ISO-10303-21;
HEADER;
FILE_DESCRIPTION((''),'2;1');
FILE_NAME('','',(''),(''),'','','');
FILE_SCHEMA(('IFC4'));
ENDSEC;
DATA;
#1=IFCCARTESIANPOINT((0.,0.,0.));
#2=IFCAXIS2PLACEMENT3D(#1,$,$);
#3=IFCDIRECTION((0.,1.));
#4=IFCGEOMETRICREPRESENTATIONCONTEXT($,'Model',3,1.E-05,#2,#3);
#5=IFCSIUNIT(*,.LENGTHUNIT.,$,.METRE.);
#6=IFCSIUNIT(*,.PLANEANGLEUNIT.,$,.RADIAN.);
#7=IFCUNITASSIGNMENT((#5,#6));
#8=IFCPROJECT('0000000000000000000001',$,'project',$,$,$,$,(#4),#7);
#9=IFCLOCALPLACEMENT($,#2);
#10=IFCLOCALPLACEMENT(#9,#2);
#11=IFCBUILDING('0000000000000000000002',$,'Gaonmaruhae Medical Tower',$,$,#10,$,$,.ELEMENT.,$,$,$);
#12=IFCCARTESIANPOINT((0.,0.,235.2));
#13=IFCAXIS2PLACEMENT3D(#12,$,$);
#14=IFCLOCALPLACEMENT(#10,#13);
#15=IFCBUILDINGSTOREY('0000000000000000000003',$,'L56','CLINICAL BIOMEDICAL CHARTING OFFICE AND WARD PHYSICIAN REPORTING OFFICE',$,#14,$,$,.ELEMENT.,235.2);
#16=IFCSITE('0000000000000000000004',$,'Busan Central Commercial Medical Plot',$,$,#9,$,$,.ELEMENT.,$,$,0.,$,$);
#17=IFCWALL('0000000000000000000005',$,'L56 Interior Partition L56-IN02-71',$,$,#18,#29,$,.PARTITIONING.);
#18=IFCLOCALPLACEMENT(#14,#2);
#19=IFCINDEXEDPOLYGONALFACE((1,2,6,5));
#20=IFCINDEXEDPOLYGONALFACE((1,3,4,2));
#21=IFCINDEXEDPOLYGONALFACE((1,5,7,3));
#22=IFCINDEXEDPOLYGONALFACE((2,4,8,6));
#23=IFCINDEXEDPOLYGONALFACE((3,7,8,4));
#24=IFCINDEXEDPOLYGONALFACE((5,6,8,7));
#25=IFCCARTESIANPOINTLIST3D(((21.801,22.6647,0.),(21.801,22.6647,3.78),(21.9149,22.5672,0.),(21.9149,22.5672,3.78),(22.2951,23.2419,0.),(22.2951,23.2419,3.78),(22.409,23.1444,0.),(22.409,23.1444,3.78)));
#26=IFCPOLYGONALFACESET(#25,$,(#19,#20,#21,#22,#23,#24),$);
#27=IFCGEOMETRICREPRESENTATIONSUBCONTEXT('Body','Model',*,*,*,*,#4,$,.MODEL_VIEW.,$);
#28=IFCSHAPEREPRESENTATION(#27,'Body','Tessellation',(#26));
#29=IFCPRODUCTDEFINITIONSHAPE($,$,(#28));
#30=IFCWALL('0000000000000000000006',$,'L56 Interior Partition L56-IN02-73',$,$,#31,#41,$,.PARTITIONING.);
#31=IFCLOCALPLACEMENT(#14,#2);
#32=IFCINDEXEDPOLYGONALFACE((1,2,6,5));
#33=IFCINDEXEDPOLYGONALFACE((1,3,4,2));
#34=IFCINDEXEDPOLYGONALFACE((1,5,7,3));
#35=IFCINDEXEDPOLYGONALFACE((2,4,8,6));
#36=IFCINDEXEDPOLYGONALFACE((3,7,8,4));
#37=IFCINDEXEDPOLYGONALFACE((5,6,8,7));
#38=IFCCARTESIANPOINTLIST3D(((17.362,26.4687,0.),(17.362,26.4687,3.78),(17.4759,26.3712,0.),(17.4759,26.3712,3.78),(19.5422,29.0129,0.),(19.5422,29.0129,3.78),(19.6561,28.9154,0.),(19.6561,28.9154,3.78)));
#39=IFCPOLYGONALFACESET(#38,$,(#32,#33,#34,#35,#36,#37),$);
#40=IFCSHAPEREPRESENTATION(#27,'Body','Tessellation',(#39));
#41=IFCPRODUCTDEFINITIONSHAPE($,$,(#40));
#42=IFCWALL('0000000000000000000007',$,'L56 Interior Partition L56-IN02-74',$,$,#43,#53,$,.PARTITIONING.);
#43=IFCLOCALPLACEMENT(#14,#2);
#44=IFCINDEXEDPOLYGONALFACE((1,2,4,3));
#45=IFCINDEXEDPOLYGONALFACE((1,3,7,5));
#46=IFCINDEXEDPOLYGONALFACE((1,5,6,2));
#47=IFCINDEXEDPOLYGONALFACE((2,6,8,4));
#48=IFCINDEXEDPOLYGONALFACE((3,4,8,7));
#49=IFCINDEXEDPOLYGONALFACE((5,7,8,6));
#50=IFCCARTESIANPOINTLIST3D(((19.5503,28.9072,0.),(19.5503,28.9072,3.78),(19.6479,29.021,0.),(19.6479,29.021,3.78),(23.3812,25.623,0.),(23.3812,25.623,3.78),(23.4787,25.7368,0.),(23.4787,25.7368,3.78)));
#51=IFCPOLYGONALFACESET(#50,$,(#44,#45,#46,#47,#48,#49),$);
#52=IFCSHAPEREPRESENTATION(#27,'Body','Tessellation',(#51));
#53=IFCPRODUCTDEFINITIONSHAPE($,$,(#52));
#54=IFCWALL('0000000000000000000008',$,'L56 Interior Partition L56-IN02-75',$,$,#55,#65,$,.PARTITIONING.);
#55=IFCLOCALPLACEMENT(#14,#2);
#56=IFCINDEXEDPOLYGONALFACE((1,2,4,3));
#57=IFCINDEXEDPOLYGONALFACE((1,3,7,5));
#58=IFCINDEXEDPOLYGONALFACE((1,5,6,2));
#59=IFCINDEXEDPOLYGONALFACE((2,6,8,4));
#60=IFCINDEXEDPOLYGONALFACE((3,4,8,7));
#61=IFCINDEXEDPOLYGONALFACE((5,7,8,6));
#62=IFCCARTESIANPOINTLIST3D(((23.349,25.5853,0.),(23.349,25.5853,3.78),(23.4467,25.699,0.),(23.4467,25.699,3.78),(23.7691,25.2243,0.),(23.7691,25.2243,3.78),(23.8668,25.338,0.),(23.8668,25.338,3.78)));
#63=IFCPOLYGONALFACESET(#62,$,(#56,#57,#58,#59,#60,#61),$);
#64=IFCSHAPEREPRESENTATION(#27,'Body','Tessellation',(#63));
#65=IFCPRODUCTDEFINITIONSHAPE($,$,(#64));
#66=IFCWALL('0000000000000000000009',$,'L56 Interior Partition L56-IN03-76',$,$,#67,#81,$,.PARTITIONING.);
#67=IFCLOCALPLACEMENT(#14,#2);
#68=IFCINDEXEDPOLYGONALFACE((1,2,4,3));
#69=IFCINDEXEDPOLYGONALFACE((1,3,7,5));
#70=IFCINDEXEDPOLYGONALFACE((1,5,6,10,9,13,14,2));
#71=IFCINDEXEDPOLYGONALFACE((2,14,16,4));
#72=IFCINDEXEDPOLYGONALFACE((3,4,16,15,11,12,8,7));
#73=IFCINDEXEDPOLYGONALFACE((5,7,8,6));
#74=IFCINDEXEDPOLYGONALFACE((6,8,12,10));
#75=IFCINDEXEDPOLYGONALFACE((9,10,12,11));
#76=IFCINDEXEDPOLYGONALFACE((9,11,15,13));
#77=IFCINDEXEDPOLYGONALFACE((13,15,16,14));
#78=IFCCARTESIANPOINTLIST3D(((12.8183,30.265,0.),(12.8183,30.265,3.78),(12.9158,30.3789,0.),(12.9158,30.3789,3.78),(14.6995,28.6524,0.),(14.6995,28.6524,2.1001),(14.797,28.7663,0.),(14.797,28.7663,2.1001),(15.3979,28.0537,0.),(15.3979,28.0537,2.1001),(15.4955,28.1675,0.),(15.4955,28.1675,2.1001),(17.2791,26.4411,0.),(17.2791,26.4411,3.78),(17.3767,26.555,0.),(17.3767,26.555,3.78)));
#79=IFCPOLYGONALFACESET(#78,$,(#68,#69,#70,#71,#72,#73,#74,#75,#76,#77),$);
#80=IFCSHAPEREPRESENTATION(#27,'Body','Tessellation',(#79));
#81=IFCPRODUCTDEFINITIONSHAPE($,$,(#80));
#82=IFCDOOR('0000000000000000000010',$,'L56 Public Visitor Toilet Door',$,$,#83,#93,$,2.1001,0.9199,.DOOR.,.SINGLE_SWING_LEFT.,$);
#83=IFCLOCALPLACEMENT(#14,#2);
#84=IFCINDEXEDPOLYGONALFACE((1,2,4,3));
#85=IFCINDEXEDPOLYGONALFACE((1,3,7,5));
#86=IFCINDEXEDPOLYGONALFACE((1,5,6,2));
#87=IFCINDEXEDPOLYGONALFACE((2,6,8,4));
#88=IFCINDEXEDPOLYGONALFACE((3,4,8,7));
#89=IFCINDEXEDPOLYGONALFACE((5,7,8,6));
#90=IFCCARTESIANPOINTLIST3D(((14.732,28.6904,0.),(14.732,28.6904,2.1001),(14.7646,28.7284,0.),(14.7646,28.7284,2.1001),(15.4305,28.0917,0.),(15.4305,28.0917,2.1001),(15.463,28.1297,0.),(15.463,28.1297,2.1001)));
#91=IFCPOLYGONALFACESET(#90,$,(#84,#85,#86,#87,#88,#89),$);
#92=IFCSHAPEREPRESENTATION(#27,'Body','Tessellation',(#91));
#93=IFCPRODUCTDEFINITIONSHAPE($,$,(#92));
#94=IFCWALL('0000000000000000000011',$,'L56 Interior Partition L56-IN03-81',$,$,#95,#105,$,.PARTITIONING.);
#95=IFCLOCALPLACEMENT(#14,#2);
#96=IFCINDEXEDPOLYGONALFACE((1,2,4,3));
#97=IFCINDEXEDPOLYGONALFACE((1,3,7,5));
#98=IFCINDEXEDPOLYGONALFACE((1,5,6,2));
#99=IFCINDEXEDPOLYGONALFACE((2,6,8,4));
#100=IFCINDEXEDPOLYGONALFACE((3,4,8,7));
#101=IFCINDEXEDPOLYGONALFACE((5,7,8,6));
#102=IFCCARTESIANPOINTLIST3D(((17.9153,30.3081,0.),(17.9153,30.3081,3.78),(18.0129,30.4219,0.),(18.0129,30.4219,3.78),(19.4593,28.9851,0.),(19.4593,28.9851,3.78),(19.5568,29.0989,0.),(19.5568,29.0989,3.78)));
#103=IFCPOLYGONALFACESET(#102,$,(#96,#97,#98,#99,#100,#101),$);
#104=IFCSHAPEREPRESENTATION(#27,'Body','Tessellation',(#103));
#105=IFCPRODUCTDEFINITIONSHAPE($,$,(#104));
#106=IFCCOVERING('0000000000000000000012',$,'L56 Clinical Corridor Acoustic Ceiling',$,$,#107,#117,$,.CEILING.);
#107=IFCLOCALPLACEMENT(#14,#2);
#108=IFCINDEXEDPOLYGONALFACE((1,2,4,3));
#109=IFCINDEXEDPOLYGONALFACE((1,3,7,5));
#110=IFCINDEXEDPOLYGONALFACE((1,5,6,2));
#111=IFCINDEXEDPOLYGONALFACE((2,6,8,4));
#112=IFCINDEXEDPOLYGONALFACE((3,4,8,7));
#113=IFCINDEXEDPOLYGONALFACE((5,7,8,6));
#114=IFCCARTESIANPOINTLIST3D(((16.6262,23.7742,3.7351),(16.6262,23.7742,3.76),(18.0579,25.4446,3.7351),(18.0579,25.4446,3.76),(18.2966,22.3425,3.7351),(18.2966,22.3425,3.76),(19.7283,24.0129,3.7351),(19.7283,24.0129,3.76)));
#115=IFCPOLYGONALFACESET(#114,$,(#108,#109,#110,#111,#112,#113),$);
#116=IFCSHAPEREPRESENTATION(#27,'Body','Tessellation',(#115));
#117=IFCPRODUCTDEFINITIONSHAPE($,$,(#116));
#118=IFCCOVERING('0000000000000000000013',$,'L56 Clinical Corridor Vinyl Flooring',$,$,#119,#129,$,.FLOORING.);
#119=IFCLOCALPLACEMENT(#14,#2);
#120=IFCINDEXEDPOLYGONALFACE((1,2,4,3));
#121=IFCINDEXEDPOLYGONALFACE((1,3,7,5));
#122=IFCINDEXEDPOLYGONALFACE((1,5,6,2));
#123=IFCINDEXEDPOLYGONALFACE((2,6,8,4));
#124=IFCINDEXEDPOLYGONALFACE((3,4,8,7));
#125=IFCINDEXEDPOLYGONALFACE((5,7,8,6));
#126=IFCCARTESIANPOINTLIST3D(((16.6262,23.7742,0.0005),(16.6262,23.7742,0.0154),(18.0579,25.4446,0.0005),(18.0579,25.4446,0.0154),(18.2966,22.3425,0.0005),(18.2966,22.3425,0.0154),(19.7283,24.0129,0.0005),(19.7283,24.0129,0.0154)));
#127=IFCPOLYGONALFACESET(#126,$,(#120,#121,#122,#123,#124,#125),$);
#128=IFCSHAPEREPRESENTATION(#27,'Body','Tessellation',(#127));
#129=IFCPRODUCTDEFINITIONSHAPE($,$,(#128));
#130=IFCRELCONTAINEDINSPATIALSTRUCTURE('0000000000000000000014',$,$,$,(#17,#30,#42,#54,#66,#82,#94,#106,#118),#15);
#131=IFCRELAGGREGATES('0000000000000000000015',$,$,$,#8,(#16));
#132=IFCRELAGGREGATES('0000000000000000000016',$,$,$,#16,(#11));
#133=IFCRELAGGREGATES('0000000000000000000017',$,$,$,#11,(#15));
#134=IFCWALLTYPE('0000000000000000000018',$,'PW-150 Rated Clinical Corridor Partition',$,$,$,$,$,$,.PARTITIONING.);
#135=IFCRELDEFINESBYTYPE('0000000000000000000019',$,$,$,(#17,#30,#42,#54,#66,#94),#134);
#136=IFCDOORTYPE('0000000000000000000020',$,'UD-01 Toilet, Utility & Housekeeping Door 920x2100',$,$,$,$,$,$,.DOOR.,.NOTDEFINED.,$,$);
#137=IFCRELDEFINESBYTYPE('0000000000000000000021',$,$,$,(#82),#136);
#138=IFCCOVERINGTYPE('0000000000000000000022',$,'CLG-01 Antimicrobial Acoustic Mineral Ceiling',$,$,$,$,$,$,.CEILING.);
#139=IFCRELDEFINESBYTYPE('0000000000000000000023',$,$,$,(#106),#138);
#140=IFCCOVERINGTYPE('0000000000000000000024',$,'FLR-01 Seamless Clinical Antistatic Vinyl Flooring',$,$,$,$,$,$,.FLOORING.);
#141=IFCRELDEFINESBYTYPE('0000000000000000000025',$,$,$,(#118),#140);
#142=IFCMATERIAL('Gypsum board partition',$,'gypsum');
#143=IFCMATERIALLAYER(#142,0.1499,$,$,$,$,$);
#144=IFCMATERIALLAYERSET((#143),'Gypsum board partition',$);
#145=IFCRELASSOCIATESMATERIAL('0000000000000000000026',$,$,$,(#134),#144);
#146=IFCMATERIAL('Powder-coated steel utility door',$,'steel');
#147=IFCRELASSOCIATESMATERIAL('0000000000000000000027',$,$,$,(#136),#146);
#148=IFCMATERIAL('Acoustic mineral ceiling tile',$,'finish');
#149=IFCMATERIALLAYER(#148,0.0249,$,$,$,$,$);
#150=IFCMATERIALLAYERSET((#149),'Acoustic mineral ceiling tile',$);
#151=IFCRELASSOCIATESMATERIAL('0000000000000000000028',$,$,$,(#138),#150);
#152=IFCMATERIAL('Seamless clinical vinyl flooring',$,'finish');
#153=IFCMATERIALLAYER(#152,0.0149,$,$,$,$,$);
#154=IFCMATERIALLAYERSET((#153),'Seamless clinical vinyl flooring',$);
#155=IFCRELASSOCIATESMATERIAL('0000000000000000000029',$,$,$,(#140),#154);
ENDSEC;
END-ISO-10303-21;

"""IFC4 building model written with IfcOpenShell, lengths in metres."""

from ifc_helpers import new_model, si_unit, direction, frame, frame_2d, origin, origin_2d, place, context, subcontext, project, spatial, rectangle, extrude, material, layer, layer_set, type_object, element, fill, save


model = new_model("IFC4")

# Units and contexts
model_context = context("Model", 3, precision=1e-05, world=origin(), true_north=direction((0.0, 1.0)))
body_context = subcontext(model_context, "Body", "Model", "MODEL_VIEW")
ifc_project = project(units=[si_unit("LENGTHUNIT", "METRE"), si_unit("PLANEANGLEUNIT", "RADIAN")], contexts=[model_context])

# Site, building, storey
site_placement = place(None, origin())
site = spatial("IfcSite", under=ifc_project, at=site_placement, Name="Busan Central Commercial Medical Plot", CompositionType="ELEMENT", RefElevation=0.0)
building_placement = place(site_placement, origin())
building = spatial("IfcBuilding", under=site, at=building_placement, Name="Gaonmaruhae Medical Tower", CompositionType="ELEMENT")
storey_placement = place(building_placement, frame((0.0, 0.0, 235.2)))
storey = spatial("IfcBuildingStorey", under=building, at=storey_placement, Name="L56", Description="CLINICAL BIOMEDICAL CHARTING OFFICE AND WARD PHYSICIAN REPORTING OFFICE", CompositionType="ELEMENT", Elevation=235.2)

# Walls
ifc_material_1 = material(Name="Gypsum board partition", Category="gypsum")
ifc_layer_1 = layer(ifc_material_1, 0.1499)
ifc_layer_set_1 = layer_set([ifc_layer_1], Name="Gypsum board partition")
wall_type_1 = type_object("IfcWallType", Name="PW-150 Rated Clinical Corridor Partition", PredefinedType="PARTITIONING", material=ifc_layer_set_1)
wall_1_placement = place(storey_placement, frame((22.3521, 23.1931, 0.0), z_axis=(0.0, 0.0, 1.0), x_axis=(-0.650368, -0.759619, 0.0)))
element("IfcWall", 1, at=wall_1_placement, inside=storey, type_object=wall_type_1, Name="L56 Interior Partition L56-IN02-71", PredefinedType="PARTITIONING", context=body_context, shape_type="SweptSolid", body=[
    extrude(rectangle(XDim=0.7598, YDim=0.1499, at=frame_2d((0.3799, 0.0))), origin(), (0.0, 0.0, 1.0), 3.78),
])
wall_2_placement = place(storey_placement, frame((17.4189, 26.4199, 0.0), z_axis=(0.0, 0.0, 1.0), x_axis=(0.650695, 0.759339, 0.0)))
element("IfcWall", 2, at=wall_2_placement, inside=storey, type_object=wall_type_1, Name="L56 Interior Partition L56-IN02-73", PredefinedType="PARTITIONING", context=body_context, shape_type="SweptSolid", body=[
    extrude(rectangle(XDim=3.3506, YDim=0.1499, at=frame_2d((1.6753, 0.0))), origin(), (0.0, 0.0, 1.0), 3.78),
])
wall_3_placement = place(storey_placement, frame((19.5991, 28.9641, 0.0), z_axis=(0.0, 0.0, 1.0), x_axis=(0.759195, -0.650863, 0.0)))
element("IfcWall", 3, at=wall_3_placement, inside=storey, type_object=wall_type_1, Name="L56 Interior Partition L56-IN02-74", PredefinedType="PARTITIONING", context=body_context, shape_type="SweptSolid", body=[
    extrude(rectangle(XDim=5.0459, YDim=0.1499, at=frame_2d((2.5229, 0.0))), origin(), (0.0, 0.0, 1.0), 3.78),
])
wall_4_placement = place(storey_placement, frame((23.3979, 25.6421, 0.0), z_axis=(0.0, 0.0, 1.0), x_axis=(0.758416, -0.651771, 0.0)))
element("IfcWall", 4, at=wall_4_placement, inside=storey, type_object=wall_type_1, Name="L56 Interior Partition L56-IN02-75", PredefinedType="PARTITIONING", context=body_context, shape_type="SweptSolid", body=[
    extrude(rectangle(XDim=0.554, YDim=0.1499, at=frame_2d((0.2769, 0.0))), origin(), (0.0, 0.0, 1.0), 3.78),
])

# Wall, opening, door
wall_5_placement = place(storey_placement, frame((17.3279, 26.498, 0.0), z_axis=(0.0, 0.0, 1.0), x_axis=(-0.75923, 0.650822, 0.0)))
wall_5 = element("IfcWall", 5, at=wall_5_placement, inside=storey, type_object=wall_type_1, Name="L56 Interior Partition L56-IN03-76", PredefinedType="PARTITIONING", context=body_context, shape_type="SweptSolid", body=[
    extrude(rectangle(XDim=5.8755, YDim=0.1499, at=frame_2d((2.9377, 0.0))), origin(), (0.0, 0.0, 1.0), 3.78),
])
opening_1_placement = place(wall_5_placement, frame((2.4778, 0.0, 0.0)))
opening_1 = element("IfcOpeningElement", 6, at=opening_1_placement, cuts=wall_5, PredefinedType="OPENING", context=body_context, shape_type="SweptSolid", body=[
    extrude(rectangle(XDim=0.9199, YDim=2.1001, at=frame_2d((0.46, 1.05))), frame((0.0, 0.085, 0.0), z_axis=(0.0, -1.0, 0.0), x_axis=(1.0, 0.0, 0.0)), (0.0, 0.0, 1.0), 0.1699),
])
ifc_material_2 = material(Name="Powder-coated steel utility door", Category="steel")
door_type_1 = type_object("IfcDoorType", Name="UD-01 Toilet, Utility & Housekeeping Door 920x2100", OperationType="NOTDEFINED", PredefinedType="DOOR", material=ifc_material_2)
door_1_placement = place(opening_1_placement, origin())
door_1 = element("IfcDoor", 7, at=door_1_placement, inside=storey, type_object=door_type_1, Name="L56 Public Visitor Toilet Door", OperationType="SINGLE_SWING_LEFT", OverallHeight=2.1001, OverallWidth=0.9199, PredefinedType="DOOR", context=body_context, shape_type="SweptSolid", body=[
    extrude(rectangle(XDim=0.9199, YDim=2.1001, at=frame_2d((0.46, 1.05))), frame((0.0, 0.0249, 0.0), z_axis=(0.0, -1.0, 0.0), x_axis=(1.0, 0.0, 0.0)), (0.0, 0.0, 1.0), 0.05),
])
fill(opening_1, door_1)

# Wall
wall_6_placement = place(storey_placement, frame((17.9641, 30.365, 0.0), z_axis=(0.0, 0.0, 1.0), x_axis=(0.75935, -0.650683, 0.0)))
element("IfcWall", 8, at=wall_6_placement, inside=storey, type_object=wall_type_1, Name="L56 Interior Partition L56-IN03-81", PredefinedType="PARTITIONING", context=body_context, shape_type="SweptSolid", body=[
    extrude(rectangle(XDim=2.0332, YDim=0.1499, at=frame_2d((1.0166, 0.0))), origin(), (0.0, 0.0, 1.0), 3.78),
])

# Coverings
ifc_material_3 = material(Name="Acoustic mineral ceiling tile", Category="finish")
ifc_layer_2 = layer(ifc_material_3, 0.0249)
ifc_layer_set_2 = layer_set([ifc_layer_2], Name="Acoustic mineral ceiling tile")
covering_type_1 = type_object("IfcCoveringType", Name="CLG-01 Antimicrobial Acoustic Mineral Ceiling", PredefinedType="CEILING", material=ifc_layer_set_2)
covering_1_placement = place(storey_placement, frame((18.1772, 23.8936, 3.7351), z_axis=(0.0, 0.0, 1.0), x_axis=(0.650774, 0.759271, 0.0)))
element("IfcCovering", 9, at=covering_1_placement, inside=storey, type_object=covering_type_1, Name="L56 Clinical Corridor Acoustic Ceiling", PredefinedType="CEILING", context=body_context, shape_type="SweptSolid", body=[
    extrude(rectangle(XDim=2.2, YDim=2.2, at=origin_2d()), origin(), (0.0, 0.0, 1.0), 0.0249),
])
ifc_material_4 = material(Name="Seamless clinical vinyl flooring", Category="finish")
ifc_layer_3 = layer(ifc_material_4, 0.0149)
ifc_layer_set_3 = layer_set([ifc_layer_3], Name="Seamless clinical vinyl flooring")
covering_type_2 = type_object("IfcCoveringType", Name="FLR-01 Seamless Clinical Antistatic Vinyl Flooring", PredefinedType="FLOORING", material=ifc_layer_set_3)
covering_2_placement = place(storey_placement, frame((18.1772, 23.8936, 0.0005), z_axis=(0.0, 0.0, 1.0), x_axis=(0.650774, 0.759271, 0.0)))
element("IfcCovering", 10, at=covering_2_placement, inside=storey, type_object=covering_type_2, Name="L56 Clinical Corridor Vinyl Flooring", PredefinedType="FLOORING", context=body_context, shape_type="SweptSolid", body=[
    extrude(rectangle(XDim=2.2, YDim=2.2, at=origin_2d()), origin(), (0.0, 0.0, 1.0), 0.0149),
])

save(model, "model.ifc")
